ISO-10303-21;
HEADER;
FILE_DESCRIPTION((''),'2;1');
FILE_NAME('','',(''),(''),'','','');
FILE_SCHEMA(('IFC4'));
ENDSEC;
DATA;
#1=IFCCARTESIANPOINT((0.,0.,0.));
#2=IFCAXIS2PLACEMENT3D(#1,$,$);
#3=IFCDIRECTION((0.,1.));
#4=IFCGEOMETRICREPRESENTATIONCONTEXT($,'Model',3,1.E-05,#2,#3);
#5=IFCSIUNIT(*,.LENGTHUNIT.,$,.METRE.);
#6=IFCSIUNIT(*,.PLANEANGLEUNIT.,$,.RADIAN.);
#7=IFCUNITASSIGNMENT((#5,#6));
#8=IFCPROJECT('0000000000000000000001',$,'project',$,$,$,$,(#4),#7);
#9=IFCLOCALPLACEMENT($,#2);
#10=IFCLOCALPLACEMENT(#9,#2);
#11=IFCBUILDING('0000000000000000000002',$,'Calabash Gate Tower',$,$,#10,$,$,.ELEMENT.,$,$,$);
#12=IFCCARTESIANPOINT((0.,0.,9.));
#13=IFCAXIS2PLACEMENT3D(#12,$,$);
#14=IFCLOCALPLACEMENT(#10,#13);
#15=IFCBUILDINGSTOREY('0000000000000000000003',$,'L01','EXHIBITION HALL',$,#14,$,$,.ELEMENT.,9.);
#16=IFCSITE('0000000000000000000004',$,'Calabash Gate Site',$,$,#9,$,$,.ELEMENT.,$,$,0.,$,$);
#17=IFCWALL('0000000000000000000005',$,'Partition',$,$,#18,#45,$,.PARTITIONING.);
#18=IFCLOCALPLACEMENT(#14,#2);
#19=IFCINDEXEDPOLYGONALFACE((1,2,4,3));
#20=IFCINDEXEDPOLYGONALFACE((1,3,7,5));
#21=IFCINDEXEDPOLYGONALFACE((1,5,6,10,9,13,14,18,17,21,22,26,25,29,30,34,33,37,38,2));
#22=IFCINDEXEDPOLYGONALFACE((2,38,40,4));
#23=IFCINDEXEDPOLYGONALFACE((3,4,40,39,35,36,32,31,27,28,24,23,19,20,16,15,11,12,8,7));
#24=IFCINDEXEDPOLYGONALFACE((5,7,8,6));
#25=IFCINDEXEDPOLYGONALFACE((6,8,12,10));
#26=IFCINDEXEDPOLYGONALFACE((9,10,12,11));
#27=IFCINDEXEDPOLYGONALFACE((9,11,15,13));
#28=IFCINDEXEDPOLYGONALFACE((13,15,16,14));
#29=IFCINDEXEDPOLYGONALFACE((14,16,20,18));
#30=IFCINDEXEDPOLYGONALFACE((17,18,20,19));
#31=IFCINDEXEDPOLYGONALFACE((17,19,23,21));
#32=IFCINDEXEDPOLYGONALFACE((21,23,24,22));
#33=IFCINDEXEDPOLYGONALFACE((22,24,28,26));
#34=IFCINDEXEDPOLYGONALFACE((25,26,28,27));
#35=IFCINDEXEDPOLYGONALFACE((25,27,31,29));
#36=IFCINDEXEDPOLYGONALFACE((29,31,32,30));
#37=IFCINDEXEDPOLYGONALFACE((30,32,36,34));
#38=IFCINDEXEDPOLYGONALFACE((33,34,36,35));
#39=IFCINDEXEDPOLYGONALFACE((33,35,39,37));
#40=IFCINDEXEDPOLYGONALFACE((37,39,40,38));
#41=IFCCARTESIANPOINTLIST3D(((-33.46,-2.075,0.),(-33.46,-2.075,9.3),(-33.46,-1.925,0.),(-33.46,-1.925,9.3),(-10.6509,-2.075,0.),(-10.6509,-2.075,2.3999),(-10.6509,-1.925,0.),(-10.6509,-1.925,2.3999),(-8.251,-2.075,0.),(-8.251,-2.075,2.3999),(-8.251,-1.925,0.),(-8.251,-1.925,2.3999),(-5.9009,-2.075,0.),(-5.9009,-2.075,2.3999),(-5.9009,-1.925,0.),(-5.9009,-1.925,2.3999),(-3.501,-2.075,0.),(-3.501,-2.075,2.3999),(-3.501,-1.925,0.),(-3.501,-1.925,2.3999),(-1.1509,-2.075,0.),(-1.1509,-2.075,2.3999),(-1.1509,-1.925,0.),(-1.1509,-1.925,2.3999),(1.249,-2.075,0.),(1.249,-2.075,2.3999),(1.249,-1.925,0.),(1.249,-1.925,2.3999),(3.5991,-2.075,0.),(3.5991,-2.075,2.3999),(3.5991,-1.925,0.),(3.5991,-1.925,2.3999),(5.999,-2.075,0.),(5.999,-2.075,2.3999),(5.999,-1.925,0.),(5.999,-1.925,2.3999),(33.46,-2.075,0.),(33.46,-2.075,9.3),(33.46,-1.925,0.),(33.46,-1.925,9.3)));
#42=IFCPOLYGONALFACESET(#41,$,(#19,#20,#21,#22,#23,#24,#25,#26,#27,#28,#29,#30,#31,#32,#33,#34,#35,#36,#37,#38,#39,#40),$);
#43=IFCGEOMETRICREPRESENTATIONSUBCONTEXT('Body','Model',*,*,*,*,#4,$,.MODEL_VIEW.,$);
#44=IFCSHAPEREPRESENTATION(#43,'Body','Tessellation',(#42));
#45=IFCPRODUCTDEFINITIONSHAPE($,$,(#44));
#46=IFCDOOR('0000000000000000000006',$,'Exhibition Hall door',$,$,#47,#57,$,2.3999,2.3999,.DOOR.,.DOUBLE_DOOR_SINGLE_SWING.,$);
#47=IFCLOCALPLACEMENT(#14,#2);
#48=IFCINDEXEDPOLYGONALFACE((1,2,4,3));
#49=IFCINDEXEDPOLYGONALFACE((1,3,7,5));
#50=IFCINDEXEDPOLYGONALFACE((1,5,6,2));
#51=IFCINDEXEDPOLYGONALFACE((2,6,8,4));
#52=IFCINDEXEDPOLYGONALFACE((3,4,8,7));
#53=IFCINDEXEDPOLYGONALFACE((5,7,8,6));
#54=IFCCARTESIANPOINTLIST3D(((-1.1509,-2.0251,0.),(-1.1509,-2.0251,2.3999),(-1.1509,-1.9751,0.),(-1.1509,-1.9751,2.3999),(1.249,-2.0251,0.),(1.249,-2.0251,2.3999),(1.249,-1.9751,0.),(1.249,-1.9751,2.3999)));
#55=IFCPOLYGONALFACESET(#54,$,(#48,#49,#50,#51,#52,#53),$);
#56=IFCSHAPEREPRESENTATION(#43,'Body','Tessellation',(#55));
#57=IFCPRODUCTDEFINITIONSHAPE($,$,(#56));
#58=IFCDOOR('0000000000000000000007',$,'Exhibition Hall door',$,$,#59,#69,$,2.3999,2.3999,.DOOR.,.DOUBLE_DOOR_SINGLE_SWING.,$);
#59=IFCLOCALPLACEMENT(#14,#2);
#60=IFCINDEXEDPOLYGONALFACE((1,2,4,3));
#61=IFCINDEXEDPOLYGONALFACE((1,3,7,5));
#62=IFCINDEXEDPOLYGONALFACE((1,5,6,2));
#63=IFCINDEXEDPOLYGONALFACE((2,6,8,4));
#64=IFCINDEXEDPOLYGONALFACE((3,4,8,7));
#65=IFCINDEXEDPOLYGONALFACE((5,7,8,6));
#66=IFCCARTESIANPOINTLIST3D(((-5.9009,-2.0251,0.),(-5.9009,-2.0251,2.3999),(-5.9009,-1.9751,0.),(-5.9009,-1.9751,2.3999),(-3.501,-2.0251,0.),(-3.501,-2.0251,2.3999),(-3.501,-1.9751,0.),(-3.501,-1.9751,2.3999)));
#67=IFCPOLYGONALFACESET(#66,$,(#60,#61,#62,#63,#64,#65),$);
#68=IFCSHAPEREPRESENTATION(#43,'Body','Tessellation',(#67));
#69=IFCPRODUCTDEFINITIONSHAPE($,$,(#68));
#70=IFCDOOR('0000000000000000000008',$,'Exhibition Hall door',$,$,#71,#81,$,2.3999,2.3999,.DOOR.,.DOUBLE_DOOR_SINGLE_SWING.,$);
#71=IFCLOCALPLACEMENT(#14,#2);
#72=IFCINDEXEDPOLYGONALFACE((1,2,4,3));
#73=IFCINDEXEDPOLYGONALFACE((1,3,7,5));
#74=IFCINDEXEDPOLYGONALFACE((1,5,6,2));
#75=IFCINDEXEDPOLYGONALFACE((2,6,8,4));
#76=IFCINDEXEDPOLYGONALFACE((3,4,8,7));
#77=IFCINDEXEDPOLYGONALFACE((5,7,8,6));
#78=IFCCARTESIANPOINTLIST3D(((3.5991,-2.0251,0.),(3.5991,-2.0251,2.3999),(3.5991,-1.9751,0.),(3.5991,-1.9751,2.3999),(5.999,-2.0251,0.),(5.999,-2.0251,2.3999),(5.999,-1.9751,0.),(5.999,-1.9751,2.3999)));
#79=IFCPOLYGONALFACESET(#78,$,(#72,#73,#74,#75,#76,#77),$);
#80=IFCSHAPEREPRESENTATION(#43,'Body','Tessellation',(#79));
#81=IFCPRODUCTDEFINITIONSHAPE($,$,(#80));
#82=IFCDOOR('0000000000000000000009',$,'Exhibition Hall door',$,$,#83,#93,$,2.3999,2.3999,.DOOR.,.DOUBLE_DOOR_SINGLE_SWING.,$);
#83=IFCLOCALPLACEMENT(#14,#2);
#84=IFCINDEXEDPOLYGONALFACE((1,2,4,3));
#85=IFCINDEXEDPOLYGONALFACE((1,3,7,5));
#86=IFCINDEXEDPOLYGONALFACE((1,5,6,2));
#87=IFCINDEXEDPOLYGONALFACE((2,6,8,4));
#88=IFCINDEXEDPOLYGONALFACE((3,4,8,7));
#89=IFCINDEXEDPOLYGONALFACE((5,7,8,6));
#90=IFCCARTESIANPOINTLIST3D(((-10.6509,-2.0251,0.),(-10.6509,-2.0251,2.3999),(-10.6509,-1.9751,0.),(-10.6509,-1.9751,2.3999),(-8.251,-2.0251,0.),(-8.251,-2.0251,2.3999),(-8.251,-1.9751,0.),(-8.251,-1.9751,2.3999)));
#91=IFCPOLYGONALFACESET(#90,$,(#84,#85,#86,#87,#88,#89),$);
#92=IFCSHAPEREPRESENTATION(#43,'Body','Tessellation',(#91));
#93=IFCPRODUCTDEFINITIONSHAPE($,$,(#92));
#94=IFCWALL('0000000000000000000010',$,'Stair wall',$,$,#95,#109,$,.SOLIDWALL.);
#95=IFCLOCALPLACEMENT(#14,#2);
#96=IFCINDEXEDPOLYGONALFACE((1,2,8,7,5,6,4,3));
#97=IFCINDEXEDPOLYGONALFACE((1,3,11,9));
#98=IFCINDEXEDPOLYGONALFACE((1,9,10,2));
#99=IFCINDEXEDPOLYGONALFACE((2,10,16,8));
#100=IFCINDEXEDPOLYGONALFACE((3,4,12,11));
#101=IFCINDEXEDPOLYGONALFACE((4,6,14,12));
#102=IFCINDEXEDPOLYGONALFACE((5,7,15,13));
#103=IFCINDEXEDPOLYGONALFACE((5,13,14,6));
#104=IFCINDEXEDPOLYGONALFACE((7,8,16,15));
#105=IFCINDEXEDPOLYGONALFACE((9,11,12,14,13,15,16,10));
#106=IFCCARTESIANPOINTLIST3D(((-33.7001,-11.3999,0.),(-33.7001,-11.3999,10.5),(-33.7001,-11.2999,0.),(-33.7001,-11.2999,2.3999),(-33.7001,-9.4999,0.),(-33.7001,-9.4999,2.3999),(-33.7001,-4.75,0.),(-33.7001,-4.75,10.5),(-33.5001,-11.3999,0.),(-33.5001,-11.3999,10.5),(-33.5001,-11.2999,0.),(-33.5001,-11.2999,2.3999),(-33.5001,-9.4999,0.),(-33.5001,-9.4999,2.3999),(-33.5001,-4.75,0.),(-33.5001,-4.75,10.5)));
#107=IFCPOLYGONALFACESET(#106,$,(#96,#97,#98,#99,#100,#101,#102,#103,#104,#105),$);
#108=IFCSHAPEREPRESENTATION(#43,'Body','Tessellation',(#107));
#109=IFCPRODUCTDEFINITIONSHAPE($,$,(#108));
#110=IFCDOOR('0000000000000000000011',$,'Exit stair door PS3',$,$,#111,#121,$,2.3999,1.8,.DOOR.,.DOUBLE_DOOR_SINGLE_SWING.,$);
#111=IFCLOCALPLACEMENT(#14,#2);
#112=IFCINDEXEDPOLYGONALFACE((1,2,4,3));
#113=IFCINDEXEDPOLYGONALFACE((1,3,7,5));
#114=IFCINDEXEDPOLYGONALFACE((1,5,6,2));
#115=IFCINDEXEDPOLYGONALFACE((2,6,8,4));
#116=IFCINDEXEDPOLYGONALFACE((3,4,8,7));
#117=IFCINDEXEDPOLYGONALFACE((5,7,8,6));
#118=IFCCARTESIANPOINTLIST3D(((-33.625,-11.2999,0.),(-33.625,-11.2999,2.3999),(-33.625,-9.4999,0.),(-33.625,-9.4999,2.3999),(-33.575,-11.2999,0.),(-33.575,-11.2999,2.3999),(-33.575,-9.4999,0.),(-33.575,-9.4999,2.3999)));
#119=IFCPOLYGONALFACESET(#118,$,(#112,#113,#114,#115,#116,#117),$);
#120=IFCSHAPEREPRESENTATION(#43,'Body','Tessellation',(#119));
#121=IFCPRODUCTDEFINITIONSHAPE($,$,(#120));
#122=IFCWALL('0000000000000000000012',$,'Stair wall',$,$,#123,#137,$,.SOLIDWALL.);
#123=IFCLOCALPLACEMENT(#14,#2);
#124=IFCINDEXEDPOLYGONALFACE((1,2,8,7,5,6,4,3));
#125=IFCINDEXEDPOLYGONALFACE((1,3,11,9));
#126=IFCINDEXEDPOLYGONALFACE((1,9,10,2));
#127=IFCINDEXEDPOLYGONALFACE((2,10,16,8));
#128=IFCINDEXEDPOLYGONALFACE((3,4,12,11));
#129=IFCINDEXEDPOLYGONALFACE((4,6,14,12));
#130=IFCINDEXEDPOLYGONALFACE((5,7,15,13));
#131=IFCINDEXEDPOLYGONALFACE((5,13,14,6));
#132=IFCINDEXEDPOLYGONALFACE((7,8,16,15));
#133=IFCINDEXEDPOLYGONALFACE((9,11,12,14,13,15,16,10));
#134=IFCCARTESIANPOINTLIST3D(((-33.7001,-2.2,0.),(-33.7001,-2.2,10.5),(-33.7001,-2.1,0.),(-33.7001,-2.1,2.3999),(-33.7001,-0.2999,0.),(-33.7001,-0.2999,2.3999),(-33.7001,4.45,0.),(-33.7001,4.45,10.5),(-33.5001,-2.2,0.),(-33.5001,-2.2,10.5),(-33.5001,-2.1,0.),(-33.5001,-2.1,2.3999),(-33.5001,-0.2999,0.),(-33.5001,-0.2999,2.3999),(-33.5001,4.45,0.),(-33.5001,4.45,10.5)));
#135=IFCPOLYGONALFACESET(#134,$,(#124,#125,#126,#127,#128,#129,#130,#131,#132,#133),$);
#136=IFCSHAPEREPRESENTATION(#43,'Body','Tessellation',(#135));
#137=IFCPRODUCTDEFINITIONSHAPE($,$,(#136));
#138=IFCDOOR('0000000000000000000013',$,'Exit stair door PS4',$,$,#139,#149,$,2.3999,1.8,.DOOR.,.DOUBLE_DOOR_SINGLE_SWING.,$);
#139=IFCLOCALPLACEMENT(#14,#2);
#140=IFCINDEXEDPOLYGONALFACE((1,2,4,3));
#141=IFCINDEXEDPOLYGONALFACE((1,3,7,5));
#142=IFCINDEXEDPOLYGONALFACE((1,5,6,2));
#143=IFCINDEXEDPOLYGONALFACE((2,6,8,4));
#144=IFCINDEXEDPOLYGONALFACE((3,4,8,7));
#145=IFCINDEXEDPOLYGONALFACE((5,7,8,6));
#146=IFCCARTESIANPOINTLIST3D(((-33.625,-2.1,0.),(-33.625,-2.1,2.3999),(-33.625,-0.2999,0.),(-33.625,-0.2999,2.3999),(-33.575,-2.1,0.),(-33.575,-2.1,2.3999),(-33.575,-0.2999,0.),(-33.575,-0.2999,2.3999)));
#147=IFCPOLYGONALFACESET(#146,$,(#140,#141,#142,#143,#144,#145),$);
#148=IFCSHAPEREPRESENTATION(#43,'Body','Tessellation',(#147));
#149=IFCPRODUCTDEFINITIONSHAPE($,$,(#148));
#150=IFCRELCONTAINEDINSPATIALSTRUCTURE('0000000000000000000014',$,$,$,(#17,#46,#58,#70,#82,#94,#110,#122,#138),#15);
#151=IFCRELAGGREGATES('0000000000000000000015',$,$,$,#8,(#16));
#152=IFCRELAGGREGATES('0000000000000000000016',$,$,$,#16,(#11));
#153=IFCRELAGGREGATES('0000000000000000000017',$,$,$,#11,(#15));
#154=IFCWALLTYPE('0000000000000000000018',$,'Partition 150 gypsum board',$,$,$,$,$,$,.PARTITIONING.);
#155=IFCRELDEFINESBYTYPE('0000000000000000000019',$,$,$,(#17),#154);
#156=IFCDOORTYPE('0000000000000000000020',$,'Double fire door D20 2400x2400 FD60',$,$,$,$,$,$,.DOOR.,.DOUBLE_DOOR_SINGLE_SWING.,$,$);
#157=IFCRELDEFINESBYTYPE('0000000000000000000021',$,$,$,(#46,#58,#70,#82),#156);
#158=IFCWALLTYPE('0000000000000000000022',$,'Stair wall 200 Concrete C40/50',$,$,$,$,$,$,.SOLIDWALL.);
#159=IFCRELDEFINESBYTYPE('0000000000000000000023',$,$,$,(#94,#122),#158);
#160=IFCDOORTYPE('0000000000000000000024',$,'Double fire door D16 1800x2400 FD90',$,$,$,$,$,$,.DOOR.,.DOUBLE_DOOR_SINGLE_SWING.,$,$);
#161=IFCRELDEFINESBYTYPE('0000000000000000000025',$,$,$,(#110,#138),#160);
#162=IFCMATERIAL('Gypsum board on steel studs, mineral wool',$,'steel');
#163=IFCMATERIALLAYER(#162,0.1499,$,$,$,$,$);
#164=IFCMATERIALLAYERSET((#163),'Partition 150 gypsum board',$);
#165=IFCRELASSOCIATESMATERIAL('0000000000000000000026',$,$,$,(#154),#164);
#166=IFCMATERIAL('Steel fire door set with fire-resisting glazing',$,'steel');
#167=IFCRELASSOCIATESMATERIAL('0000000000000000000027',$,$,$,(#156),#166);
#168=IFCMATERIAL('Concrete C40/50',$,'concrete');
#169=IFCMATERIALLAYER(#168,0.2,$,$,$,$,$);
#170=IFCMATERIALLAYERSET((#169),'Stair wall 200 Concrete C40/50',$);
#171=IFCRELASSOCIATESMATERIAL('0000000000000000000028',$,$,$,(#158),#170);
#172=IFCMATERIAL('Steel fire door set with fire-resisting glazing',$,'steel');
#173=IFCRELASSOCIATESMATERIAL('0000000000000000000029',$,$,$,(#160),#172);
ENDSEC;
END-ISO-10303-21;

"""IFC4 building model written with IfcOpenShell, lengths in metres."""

from ifc_helpers import new_model, si_unit, direction, frame, frame_2d, origin, place, context, subcontext, project, spatial, rectangle, extrude, material, layer, layer_set, type_object, element, fill, save


model = new_model("IFC4")

# Units and contexts
model_context = context("Model", 3, precision=1e-05, world=origin(), true_north=direction((0.0, 1.0)))
body_context = subcontext(model_context, "Body", "Model", "MODEL_VIEW")
ifc_project = project(units=[si_unit("LENGTHUNIT", "METRE"), si_unit("PLANEANGLEUNIT", "RADIAN")], contexts=[model_context])

# Site, building, storey
site_placement = place(None, origin())
site = spatial("IfcSite", under=ifc_project, at=site_placement, Name="Calabash Gate Site", CompositionType="ELEMENT", RefElevation=0.0)
building_placement = place(site_placement, origin())
building = spatial("IfcBuilding", under=site, at=building_placement, Name="Calabash Gate Tower", CompositionType="ELEMENT")
storey_placement = place(building_placement, frame((0.0, 0.0, 9.0)))
storey = spatial("IfcBuildingStorey", under=building, at=storey_placement, Name="L01", Description="EXHIBITION HALL", CompositionType="ELEMENT", Elevation=9.0)

# Shared definitions
ifc_material_1 = material(Name="Gypsum board on steel studs, mineral wool", Category="steel")
ifc_layer_1 = layer(ifc_material_1, 0.1499)
ifc_layer_set_1 = layer_set([ifc_layer_1], Name="Partition 150 gypsum board")
wall_type_1 = type_object("IfcWallType", Name="Partition 150 gypsum board", PredefinedType="PARTITIONING", material=ifc_layer_set_1)

# Wall, openings, doors
wall_1_placement = place(storey_placement, frame((-33.46, -2.0, 0.0), z_axis=(0.0, 0.0, 1.0), x_axis=(1.0, 0.0, 0.0)))
wall_1 = element("IfcWall", 1, at=wall_1_placement, inside=storey, type_object=wall_type_1, Name="Partition", PredefinedType="PARTITIONING", context=body_context, shape_type="SweptSolid", body=[
    extrude(rectangle(XDim=66.9199, YDim=0.1499, at=frame_2d((33.46, 0.0))), origin(), (0.0, 0.0, 1.0), 9.3),
])
opening_1_placement = place(wall_1_placement, frame((32.3091, 0.0, 0.0)))
opening_1 = element("IfcOpeningElement", 2, at=opening_1_placement, cuts=wall_1, PredefinedType="OPENING", context=body_context, shape_type="SweptSolid", body=[
    extrude(rectangle(XDim=2.3999, YDim=2.3999, at=frame_2d((1.2, 1.2))), frame((0.0, 0.085, 0.0), z_axis=(0.0, -1.0, 0.0), x_axis=(1.0, 0.0, 0.0)), (0.0, 0.0, 1.0), 0.1699),
])
opening_2_placement = place(wall_1_placement, frame((27.5591, 0.0, 0.0)))
opening_2 = element("IfcOpeningElement", 3, at=opening_2_placement, cuts=wall_1, PredefinedType="OPENING", context=body_context, shape_type="SweptSolid", body=[
    extrude(rectangle(XDim=2.3999, YDim=2.3999, at=frame_2d((1.2, 1.2))), frame((0.0, 0.085, 0.0), z_axis=(0.0, -1.0, 0.0), x_axis=(1.0, 0.0, 0.0)), (0.0, 0.0, 1.0), 0.1699),
])
opening_3_placement = place(wall_1_placement, frame((37.0591, 0.0, 0.0)))
opening_3 = element("IfcOpeningElement", 4, at=opening_3_placement, cuts=wall_1, PredefinedType="OPENING", context=body_context, shape_type="SweptSolid", body=[
    extrude(rectangle(XDim=2.3999, YDim=2.3999, at=frame_2d((1.2, 1.2))), frame((0.0, 0.085, 0.0), z_axis=(0.0, -1.0, 0.0), x_axis=(1.0, 0.0, 0.0)), (0.0, 0.0, 1.0), 0.1699),
])
opening_4_placement = place(wall_1_placement, frame((22.8091, 0.0, 0.0)))
opening_4 = element("IfcOpeningElement", 5, at=opening_4_placement, cuts=wall_1, PredefinedType="OPENING", context=body_context, shape_type="SweptSolid", body=[
    extrude(rectangle(XDim=2.3999, YDim=2.3999, at=frame_2d((1.2, 1.2))), frame((0.0, 0.085, 0.0), z_axis=(0.0, -1.0, 0.0), x_axis=(1.0, 0.0, 0.0)), (0.0, 0.0, 1.0), 0.1699),
])
ifc_material_2 = material(Name="Steel fire door set with fire-resisting glazing", Category="steel")
door_type_1 = type_object("IfcDoorType", Name="Double fire door D20 2400x2400 FD60", OperationType="DOUBLE_DOOR_SINGLE_SWING", PredefinedType="DOOR", material=ifc_material_2)
door_1_placement = place(opening_1_placement, origin())
door_1 = element("IfcDoor", 6, at=door_1_placement, inside=storey, type_object=door_type_1, Name="Exhibition Hall door", OperationType="DOUBLE_DOOR_SINGLE_SWING", OverallHeight=2.3999, OverallWidth=2.3999, PredefinedType="DOOR", context=body_context, shape_type="SweptSolid", body=[
    extrude(rectangle(XDim=2.3999, YDim=2.3999, at=frame_2d((1.2, 1.2))), frame((0.0, 0.0249, 0.0), z_axis=(0.0, -1.0, 0.0), x_axis=(1.0, 0.0, 0.0)), (0.0, 0.0, 1.0), 0.05),
])
fill(opening_1, door_1)
door_2_placement = place(opening_2_placement, origin())
door_2 = element("IfcDoor", 7, at=door_2_placement, inside=storey, type_object=door_type_1, Name="Exhibition Hall door", OperationType="DOUBLE_DOOR_SINGLE_SWING", OverallHeight=2.3999, OverallWidth=2.3999, PredefinedType="DOOR", context=body_context, shape_type="SweptSolid", body=[
    extrude(rectangle(XDim=2.3999, YDim=2.3999, at=frame_2d((1.2, 1.2))), frame((0.0, 0.0249, 0.0), z_axis=(0.0, -1.0, 0.0), x_axis=(1.0, 0.0, 0.0)), (0.0, 0.0, 1.0), 0.05),
])
fill(opening_2, door_2)
door_3_placement = place(opening_3_placement, origin())
door_3 = element("IfcDoor", 8, at=door_3_placement, inside=storey, type_object=door_type_1, Name="Exhibition Hall door", OperationType="DOUBLE_DOOR_SINGLE_SWING", OverallHeight=2.3999, OverallWidth=2.3999, PredefinedType="DOOR", context=body_context, shape_type="SweptSolid", body=[
    extrude(rectangle(XDim=2.3999, YDim=2.3999, at=frame_2d((1.2, 1.2))), frame((0.0, 0.0249, 0.0), z_axis=(0.0, -1.0, 0.0), x_axis=(1.0, 0.0, 0.0)), (0.0, 0.0, 1.0), 0.05),
])
fill(opening_3, door_3)
door_4_placement = place(opening_4_placement, origin())
door_4 = element("IfcDoor", 9, at=door_4_placement, inside=storey, type_object=door_type_1, Name="Exhibition Hall door", OperationType="DOUBLE_DOOR_SINGLE_SWING", OverallHeight=2.3999, OverallWidth=2.3999, PredefinedType="DOOR", context=body_context, shape_type="SweptSolid", body=[
    extrude(rectangle(XDim=2.3999, YDim=2.3999, at=frame_2d((1.2, 1.2))), frame((0.0, 0.0249, 0.0), z_axis=(0.0, -1.0, 0.0), x_axis=(1.0, 0.0, 0.0)), (0.0, 0.0, 1.0), 0.05),
])
fill(opening_4, door_4)

# Walls, openings, doors
ifc_material_3 = material(Name="Concrete C40/50", Category="concrete")
ifc_layer_2 = layer(ifc_material_3, 0.2)
ifc_layer_set_2 = layer_set([ifc_layer_2], Name="Stair wall 200 Concrete C40/50")
wall_type_2 = type_object("IfcWallType", Name="Stair wall 200 Concrete C40/50", PredefinedType="SOLIDWALL", material=ifc_layer_set_2)
wall_2_placement = place(storey_placement, frame((-33.6001, -11.3999, 0.0), z_axis=(0.0, 0.0, 1.0), x_axis=(0.0, 1.0, 0.0)))
wall_2 = element("IfcWall", 10, at=wall_2_placement, inside=storey, type_object=wall_type_2, Name="Stair wall", PredefinedType="SOLIDWALL", context=body_context, shape_type="SweptSolid", body=[
    extrude(rectangle(XDim=6.6499, YDim=0.2, at=frame_2d((3.325, 0.0))), origin(), (0.0, 0.0, 1.0), 10.5),
])
opening_5_placement = place(wall_2_placement, frame((0.1001, 0.0, 0.0)))
opening_5 = element("IfcOpeningElement", 11, at=opening_5_placement, cuts=wall_2, PredefinedType="OPENING", context=body_context, shape_type="SweptSolid", body=[
    extrude(rectangle(XDim=1.8, YDim=2.3999, at=frame_2d((0.8999, 1.2))), frame((0.0, 0.1099, 0.0), z_axis=(0.0, -1.0, 0.0), x_axis=(1.0, 0.0, 0.0)), (0.0, 0.0, 1.0), 0.22),
])
ifc_material_4 = material(Name="Steel fire door set with fire-resisting glazing", Category="steel")
door_type_2 = type_object("IfcDoorType", Name="Double fire door D16 1800x2400 FD90", OperationType="DOUBLE_DOOR_SINGLE_SWING", PredefinedType="DOOR", material=ifc_material_4)
door_5_placement = place(opening_5_placement, origin())
door_5 = element("IfcDoor", 12, at=door_5_placement, inside=storey, type_object=door_type_2, Name="Exit stair door PS3", OperationType="DOUBLE_DOOR_SINGLE_SWING", OverallHeight=2.3999, OverallWidth=1.8, PredefinedType="DOOR", context=body_context, shape_type="SweptSolid", body=[
    extrude(rectangle(XDim=1.8, YDim=2.3999, at=frame_2d((0.8999, 1.2))), frame((0.0, 0.0249, 0.0), z_axis=(0.0, -1.0, 0.0), x_axis=(1.0, 0.0, 0.0)), (0.0, 0.0, 1.0), 0.05),
])
fill(opening_5, door_5)
wall_3_placement = place(storey_placement, frame((-33.6001, -2.2, 0.0), z_axis=(0.0, 0.0, 1.0), x_axis=(0.0, 1.0, 0.0)))
wall_3 = element("IfcWall", 13, at=wall_3_placement, inside=storey, type_object=wall_type_2, Name="Stair wall", PredefinedType="SOLIDWALL", context=body_context, shape_type="SweptSolid", body=[
    extrude(rectangle(XDim=6.6499, YDim=0.2, at=frame_2d((3.325, 0.0))), origin(), (0.0, 0.0, 1.0), 10.5),
])
opening_6_placement = place(wall_3_placement, frame((0.1001, 0.0, 0.0)))
opening_6 = element("IfcOpeningElement", 14, at=opening_6_placement, cuts=wall_3, PredefinedType="OPENING", context=body_context, shape_type="SweptSolid", body=[
    extrude(rectangle(XDim=1.8, YDim=2.3999, at=frame_2d((0.8999, 1.2))), frame((0.0, 0.1099, 0.0), z_axis=(0.0, -1.0, 0.0), x_axis=(1.0, 0.0, 0.0)), (0.0, 0.0, 1.0), 0.22),
])
door_6_placement = place(opening_6_placement, origin())
door_6 = element("IfcDoor", 15, at=door_6_placement, inside=storey, type_object=door_type_2, Name="Exit stair door PS4", OperationType="DOUBLE_DOOR_SINGLE_SWING", OverallHeight=2.3999, OverallWidth=1.8, PredefinedType="DOOR", context=body_context, shape_type="SweptSolid", body=[
    extrude(rectangle(XDim=1.8, YDim=2.3999, at=frame_2d((0.8999, 1.2))), frame((0.0, 0.0249, 0.0), z_axis=(0.0, -1.0, 0.0), x_axis=(1.0, 0.0, 0.0)), (0.0, 0.0, 1.0), 0.05),
])
fill(opening_6, door_6)

save(model, "model.ifc")
